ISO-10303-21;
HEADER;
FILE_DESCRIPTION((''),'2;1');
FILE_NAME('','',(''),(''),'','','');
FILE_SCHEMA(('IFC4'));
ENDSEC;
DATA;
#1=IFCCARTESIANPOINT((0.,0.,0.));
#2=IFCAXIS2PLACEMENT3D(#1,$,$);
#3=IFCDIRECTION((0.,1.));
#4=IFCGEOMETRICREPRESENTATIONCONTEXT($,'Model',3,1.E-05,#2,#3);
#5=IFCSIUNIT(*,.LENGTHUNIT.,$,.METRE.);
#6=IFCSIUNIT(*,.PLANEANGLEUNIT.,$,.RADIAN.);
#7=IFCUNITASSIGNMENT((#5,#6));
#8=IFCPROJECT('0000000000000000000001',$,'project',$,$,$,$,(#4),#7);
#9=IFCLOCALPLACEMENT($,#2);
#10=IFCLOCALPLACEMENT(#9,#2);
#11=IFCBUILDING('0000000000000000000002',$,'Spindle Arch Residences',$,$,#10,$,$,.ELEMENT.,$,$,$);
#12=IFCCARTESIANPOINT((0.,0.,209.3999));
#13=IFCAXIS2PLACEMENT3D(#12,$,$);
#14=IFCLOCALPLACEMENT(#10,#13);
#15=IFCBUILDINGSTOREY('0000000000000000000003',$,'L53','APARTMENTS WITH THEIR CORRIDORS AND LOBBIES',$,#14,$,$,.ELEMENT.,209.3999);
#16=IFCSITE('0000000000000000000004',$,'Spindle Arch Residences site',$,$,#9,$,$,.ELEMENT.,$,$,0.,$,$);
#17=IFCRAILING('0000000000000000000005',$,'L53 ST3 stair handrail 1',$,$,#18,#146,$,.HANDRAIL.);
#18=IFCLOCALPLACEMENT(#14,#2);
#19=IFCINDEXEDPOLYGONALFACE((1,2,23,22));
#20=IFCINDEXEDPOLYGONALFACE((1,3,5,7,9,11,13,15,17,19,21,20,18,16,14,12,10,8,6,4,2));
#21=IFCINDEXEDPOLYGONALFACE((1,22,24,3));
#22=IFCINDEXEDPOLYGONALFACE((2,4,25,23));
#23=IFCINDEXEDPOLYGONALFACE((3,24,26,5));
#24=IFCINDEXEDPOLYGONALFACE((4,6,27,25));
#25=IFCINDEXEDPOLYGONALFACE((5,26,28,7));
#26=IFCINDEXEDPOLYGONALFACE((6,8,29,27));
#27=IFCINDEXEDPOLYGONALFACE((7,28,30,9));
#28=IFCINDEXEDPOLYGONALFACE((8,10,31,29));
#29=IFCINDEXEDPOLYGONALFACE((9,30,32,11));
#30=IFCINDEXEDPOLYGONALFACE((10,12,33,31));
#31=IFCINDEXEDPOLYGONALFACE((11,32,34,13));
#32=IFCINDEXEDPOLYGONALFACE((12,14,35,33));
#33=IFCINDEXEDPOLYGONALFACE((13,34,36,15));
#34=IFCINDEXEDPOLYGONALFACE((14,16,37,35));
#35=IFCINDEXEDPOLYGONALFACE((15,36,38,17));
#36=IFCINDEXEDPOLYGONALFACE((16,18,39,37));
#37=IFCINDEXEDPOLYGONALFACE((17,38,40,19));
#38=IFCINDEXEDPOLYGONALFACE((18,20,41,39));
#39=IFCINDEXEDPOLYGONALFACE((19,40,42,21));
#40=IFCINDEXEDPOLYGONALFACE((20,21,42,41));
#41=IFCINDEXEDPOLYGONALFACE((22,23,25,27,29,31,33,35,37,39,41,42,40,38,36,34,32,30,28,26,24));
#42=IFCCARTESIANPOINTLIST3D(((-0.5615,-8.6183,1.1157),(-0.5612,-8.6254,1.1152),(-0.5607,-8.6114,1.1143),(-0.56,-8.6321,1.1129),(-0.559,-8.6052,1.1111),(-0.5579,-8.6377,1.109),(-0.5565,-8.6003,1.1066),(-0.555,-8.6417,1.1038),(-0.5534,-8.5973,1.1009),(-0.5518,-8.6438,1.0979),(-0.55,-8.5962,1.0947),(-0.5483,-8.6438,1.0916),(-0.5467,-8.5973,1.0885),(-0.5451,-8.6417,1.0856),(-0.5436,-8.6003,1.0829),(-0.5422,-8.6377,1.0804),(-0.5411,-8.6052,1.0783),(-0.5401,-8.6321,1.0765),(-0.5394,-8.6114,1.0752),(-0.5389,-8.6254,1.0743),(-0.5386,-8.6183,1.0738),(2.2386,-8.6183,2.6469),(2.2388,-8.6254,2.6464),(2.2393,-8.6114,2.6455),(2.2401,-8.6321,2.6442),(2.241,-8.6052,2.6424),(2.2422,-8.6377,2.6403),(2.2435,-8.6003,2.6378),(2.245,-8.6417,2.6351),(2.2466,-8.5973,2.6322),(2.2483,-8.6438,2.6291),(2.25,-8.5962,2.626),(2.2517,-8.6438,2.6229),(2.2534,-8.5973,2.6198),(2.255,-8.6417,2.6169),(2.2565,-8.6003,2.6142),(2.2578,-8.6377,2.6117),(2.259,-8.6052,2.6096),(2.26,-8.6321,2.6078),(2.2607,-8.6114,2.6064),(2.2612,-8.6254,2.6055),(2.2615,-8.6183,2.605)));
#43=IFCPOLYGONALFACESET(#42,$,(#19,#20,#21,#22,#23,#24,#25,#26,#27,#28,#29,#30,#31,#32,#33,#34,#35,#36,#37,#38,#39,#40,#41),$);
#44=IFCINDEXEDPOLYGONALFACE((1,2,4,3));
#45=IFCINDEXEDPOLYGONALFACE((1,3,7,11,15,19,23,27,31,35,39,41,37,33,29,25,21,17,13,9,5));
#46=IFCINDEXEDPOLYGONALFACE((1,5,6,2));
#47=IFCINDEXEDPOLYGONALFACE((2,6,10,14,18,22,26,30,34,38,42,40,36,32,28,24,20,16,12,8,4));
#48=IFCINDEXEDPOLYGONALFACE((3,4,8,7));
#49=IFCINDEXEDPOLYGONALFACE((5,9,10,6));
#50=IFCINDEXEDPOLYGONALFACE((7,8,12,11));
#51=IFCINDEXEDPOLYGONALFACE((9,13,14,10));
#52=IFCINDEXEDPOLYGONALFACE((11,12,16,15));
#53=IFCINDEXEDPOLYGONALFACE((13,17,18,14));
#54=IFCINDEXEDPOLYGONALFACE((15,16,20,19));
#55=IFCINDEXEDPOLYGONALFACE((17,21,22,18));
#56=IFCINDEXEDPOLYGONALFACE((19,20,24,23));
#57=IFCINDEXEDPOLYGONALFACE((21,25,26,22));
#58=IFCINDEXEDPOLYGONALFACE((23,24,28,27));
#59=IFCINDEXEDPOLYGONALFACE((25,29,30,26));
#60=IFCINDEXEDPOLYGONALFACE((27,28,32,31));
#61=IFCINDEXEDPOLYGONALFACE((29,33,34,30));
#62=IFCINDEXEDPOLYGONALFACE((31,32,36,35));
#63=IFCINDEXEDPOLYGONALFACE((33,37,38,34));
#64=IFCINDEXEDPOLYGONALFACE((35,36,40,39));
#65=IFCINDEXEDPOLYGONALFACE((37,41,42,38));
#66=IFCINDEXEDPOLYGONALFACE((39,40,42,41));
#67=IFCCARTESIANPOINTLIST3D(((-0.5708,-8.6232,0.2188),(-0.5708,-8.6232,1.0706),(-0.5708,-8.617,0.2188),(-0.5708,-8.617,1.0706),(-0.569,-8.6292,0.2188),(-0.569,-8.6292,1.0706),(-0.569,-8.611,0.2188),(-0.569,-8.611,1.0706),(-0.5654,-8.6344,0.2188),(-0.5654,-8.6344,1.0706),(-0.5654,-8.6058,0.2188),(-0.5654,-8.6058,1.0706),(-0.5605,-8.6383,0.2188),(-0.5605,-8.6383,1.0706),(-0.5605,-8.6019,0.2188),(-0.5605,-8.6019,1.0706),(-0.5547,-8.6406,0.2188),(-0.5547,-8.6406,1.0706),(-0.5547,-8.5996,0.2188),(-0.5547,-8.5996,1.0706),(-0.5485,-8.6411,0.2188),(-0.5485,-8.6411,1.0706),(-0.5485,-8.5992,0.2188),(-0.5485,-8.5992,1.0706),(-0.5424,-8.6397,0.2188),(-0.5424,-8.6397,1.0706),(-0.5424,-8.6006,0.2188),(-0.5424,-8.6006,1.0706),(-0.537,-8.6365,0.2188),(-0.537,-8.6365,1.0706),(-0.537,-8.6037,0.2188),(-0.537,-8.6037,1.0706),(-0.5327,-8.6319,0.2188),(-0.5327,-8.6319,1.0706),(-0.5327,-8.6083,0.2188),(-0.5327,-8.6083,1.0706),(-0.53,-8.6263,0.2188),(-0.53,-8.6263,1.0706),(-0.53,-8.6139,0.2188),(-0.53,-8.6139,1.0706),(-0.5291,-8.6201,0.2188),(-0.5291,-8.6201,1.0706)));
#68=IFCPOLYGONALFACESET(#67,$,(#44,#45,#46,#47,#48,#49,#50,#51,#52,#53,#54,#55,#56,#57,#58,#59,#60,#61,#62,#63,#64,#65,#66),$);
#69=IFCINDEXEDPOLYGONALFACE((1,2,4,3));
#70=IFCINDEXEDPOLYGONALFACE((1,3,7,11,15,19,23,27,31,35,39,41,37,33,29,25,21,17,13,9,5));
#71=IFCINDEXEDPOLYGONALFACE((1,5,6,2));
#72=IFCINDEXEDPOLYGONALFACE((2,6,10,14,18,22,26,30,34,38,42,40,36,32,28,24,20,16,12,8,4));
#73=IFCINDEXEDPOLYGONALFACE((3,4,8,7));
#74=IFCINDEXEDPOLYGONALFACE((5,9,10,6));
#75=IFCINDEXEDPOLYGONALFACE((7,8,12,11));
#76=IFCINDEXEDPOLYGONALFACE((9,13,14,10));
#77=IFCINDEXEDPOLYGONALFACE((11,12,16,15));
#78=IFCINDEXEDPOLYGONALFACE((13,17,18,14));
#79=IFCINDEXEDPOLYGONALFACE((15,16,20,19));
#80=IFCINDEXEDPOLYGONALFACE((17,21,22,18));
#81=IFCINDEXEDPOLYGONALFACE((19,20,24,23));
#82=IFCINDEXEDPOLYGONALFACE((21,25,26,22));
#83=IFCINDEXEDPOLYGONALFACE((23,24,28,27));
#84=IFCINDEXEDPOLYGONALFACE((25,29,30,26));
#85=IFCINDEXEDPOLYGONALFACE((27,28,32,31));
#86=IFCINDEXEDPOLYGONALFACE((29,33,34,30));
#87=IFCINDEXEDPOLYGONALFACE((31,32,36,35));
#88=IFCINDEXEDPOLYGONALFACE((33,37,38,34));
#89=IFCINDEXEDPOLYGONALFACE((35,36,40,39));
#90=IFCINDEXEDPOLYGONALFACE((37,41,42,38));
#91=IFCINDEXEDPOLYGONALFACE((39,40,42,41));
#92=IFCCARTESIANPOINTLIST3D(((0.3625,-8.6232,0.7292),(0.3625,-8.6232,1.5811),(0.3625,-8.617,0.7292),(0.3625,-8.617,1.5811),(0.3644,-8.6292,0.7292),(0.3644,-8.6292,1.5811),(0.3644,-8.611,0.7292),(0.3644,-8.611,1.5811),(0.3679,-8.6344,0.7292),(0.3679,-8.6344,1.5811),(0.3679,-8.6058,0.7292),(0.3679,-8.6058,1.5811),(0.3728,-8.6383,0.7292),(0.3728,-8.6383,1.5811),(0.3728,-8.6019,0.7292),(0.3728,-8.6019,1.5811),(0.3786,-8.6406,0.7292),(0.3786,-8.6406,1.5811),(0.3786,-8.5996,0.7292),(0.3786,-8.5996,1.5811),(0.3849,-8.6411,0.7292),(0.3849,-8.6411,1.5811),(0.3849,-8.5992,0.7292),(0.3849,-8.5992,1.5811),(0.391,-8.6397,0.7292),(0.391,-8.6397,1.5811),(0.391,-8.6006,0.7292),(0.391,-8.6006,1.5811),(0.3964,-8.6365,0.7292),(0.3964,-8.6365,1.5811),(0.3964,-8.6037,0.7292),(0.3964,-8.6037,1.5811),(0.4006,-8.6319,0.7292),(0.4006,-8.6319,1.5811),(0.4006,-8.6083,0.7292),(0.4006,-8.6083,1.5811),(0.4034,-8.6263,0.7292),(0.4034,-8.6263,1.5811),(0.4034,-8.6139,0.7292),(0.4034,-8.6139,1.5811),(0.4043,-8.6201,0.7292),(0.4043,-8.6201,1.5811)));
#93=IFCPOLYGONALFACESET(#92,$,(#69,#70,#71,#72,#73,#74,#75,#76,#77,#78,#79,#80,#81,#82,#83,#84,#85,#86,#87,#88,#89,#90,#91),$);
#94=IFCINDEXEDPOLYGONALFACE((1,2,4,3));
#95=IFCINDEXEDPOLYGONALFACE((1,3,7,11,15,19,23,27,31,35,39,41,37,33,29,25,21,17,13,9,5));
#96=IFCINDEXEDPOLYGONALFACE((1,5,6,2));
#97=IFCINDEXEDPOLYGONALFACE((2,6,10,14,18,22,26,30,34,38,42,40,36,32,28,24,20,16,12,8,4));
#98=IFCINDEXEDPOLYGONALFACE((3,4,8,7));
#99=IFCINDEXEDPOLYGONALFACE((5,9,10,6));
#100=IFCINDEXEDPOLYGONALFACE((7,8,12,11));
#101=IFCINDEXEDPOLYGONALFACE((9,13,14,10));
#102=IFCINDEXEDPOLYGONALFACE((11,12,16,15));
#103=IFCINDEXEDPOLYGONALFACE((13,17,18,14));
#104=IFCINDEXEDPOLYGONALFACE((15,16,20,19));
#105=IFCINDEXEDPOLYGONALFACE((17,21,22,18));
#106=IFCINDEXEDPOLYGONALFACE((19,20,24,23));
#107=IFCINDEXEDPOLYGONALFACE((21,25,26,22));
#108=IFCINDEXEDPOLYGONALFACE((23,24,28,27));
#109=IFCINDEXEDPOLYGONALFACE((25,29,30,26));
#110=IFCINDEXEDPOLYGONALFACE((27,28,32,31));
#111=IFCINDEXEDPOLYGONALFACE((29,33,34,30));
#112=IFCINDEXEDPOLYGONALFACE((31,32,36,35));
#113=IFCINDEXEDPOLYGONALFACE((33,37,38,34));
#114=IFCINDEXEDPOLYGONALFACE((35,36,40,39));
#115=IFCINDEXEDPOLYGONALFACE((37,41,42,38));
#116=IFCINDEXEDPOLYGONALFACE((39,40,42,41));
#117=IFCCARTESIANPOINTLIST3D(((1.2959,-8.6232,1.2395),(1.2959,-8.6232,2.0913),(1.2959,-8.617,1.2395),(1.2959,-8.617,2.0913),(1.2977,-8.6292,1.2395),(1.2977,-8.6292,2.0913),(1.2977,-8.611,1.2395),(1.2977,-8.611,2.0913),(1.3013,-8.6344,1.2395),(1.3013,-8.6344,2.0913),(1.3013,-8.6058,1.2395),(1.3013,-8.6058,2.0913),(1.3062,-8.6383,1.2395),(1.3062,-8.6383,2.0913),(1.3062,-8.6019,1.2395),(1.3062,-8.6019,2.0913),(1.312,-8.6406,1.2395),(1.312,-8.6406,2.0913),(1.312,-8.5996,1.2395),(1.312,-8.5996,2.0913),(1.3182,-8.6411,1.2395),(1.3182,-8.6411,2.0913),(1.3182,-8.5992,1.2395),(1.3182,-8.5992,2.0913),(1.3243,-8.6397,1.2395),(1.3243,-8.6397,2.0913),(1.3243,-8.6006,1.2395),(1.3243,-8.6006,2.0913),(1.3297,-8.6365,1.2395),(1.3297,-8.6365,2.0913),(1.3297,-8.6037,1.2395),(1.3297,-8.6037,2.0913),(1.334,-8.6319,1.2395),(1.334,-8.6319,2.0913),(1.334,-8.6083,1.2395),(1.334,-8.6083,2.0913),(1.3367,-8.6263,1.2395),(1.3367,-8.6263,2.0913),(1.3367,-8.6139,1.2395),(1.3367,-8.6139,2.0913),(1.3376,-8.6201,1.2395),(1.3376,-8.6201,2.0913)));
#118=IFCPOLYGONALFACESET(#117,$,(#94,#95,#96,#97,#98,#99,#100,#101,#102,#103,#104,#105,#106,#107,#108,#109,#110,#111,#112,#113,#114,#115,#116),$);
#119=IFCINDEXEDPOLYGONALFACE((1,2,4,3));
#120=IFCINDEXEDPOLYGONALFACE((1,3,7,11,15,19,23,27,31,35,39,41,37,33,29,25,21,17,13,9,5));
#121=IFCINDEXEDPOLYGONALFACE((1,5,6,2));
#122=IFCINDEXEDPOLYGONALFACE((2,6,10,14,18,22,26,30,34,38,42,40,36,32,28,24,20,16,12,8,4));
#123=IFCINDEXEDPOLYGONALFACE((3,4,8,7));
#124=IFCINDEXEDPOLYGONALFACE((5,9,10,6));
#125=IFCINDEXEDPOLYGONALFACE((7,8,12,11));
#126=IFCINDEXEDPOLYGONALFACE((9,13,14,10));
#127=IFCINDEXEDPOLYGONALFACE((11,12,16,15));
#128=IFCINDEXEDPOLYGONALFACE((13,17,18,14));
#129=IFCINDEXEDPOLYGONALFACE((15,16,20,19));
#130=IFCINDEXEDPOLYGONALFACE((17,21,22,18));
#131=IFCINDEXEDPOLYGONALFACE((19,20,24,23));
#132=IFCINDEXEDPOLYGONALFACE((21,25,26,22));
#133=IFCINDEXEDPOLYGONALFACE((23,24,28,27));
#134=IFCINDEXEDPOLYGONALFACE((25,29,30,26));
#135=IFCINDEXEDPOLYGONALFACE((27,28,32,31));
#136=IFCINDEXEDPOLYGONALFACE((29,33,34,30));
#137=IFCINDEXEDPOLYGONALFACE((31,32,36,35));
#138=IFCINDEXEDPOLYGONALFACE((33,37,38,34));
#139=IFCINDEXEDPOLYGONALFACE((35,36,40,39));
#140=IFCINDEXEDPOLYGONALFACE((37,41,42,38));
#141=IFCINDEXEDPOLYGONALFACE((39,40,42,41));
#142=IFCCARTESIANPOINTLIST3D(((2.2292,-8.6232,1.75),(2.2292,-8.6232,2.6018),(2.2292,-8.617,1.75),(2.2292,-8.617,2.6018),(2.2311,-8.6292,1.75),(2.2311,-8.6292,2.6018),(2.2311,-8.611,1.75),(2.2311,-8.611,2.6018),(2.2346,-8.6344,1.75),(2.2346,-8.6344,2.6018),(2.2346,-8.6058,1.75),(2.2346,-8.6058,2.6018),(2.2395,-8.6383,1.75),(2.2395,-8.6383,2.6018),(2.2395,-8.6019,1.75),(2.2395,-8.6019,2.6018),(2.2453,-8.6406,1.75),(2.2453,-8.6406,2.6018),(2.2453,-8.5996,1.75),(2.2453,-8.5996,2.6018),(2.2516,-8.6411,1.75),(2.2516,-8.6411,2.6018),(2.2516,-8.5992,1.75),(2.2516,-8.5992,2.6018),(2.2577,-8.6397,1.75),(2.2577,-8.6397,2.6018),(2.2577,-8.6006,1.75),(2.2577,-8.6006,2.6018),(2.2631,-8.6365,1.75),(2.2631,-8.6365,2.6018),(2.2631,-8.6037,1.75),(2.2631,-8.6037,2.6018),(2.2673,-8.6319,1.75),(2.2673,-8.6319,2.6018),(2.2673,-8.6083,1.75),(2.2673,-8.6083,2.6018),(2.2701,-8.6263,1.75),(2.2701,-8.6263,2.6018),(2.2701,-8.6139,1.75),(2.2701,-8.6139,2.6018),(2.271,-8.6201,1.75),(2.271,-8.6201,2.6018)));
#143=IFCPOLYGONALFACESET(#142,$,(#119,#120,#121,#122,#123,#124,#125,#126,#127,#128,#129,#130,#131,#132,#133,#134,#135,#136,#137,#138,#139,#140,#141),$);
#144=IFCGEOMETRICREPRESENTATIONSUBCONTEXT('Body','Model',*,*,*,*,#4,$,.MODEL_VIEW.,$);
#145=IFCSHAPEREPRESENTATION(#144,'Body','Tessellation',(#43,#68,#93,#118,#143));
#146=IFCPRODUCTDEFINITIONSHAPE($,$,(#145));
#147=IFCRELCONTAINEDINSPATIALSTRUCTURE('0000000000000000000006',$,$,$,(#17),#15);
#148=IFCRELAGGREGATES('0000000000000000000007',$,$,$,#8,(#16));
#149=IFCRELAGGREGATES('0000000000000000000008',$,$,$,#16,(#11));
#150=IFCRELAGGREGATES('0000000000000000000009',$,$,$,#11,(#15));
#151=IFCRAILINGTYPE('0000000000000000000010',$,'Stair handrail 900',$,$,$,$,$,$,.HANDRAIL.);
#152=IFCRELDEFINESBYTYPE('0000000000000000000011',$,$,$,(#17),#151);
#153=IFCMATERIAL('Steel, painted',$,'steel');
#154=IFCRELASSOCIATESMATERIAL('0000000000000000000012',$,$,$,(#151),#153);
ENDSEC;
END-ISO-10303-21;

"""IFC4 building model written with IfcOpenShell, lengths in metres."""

from ifc_helpers import new_model, si_unit, direction, frame, origin, origin_2d, place, context, subcontext, project, spatial, circle, extrude, material, type_object, element, save


model = new_model("IFC4")

# Units and contexts
model_context = context("Model", 3, precision=1e-05, world=origin(), true_north=direction((0.0, 1.0)))
body_context = subcontext(model_context, "Body", "Model", "MODEL_VIEW")
ifc_project = project(units=[si_unit("LENGTHUNIT", "METRE"), si_unit("PLANEANGLEUNIT", "RADIAN")], contexts=[model_context])

# Site, building, storey
site_placement = place(None, origin())
site = spatial("IfcSite", under=ifc_project, at=site_placement, Name="Spindle Arch Residences site", CompositionType="ELEMENT", RefElevation=0.0)
building_placement = place(site_placement, origin())
building = spatial("IfcBuilding", under=site, at=building_placement, Name="Spindle Arch Residences", CompositionType="ELEMENT")
storey_placement = place(building_placement, frame((0.0, 0.0, 209.3999)))
storey = spatial("IfcBuildingStorey", under=building, at=storey_placement, Name="L53", Description="APARTMENTS WITH THEIR CORRIDORS AND LOBBIES", CompositionType="ELEMENT", Elevation=209.3999)

# Railing
ifc_material_1 = material(Name="Steel, painted", Category="steel")
railing_type = type_object("IfcRailingType", Name="Stair handrail 900", PredefinedType="HANDRAIL", material=ifc_material_1)
railing_placement = place(storey_placement, frame((-0.55, -8.6201, 0.2188)))
element("IfcRailing", 1, at=railing_placement, inside=storey, type_object=railing_type, Name="L53 ST3 stair handrail 1", PredefinedType="HANDRAIL", context=body_context, shape_type="SweptSolid", body=[
    extrude(circle(Radius=0.0239, at=origin_2d()), frame((0.0, 0.0, 0.876), z_axis=(0.877375, 0.0, 0.479806), x_axis=(0.0, 1.0, 0.0)), (0.0, 0.0, 1.0), 3.1914),
    extrude(circle(Radius=0.021, at=origin_2d()), origin(), (0.0, 0.0, 1.0), 0.8518),
    extrude(circle(Radius=0.021, at=origin_2d()), frame((0.9333, 0.0, 0.5105)), (0.0, 0.0, 1.0), 0.8518),
    extrude(circle(Radius=0.021, at=origin_2d()), frame((1.8667, 0.0, 1.0208)), (0.0, 0.0, 1.0), 0.8518),
    extrude(circle(Radius=0.021, at=origin_2d()), frame((2.8, 0.0, 1.5312)), (0.0, 0.0, 1.0), 0.8518),
])

save(model, "model.ifc")
